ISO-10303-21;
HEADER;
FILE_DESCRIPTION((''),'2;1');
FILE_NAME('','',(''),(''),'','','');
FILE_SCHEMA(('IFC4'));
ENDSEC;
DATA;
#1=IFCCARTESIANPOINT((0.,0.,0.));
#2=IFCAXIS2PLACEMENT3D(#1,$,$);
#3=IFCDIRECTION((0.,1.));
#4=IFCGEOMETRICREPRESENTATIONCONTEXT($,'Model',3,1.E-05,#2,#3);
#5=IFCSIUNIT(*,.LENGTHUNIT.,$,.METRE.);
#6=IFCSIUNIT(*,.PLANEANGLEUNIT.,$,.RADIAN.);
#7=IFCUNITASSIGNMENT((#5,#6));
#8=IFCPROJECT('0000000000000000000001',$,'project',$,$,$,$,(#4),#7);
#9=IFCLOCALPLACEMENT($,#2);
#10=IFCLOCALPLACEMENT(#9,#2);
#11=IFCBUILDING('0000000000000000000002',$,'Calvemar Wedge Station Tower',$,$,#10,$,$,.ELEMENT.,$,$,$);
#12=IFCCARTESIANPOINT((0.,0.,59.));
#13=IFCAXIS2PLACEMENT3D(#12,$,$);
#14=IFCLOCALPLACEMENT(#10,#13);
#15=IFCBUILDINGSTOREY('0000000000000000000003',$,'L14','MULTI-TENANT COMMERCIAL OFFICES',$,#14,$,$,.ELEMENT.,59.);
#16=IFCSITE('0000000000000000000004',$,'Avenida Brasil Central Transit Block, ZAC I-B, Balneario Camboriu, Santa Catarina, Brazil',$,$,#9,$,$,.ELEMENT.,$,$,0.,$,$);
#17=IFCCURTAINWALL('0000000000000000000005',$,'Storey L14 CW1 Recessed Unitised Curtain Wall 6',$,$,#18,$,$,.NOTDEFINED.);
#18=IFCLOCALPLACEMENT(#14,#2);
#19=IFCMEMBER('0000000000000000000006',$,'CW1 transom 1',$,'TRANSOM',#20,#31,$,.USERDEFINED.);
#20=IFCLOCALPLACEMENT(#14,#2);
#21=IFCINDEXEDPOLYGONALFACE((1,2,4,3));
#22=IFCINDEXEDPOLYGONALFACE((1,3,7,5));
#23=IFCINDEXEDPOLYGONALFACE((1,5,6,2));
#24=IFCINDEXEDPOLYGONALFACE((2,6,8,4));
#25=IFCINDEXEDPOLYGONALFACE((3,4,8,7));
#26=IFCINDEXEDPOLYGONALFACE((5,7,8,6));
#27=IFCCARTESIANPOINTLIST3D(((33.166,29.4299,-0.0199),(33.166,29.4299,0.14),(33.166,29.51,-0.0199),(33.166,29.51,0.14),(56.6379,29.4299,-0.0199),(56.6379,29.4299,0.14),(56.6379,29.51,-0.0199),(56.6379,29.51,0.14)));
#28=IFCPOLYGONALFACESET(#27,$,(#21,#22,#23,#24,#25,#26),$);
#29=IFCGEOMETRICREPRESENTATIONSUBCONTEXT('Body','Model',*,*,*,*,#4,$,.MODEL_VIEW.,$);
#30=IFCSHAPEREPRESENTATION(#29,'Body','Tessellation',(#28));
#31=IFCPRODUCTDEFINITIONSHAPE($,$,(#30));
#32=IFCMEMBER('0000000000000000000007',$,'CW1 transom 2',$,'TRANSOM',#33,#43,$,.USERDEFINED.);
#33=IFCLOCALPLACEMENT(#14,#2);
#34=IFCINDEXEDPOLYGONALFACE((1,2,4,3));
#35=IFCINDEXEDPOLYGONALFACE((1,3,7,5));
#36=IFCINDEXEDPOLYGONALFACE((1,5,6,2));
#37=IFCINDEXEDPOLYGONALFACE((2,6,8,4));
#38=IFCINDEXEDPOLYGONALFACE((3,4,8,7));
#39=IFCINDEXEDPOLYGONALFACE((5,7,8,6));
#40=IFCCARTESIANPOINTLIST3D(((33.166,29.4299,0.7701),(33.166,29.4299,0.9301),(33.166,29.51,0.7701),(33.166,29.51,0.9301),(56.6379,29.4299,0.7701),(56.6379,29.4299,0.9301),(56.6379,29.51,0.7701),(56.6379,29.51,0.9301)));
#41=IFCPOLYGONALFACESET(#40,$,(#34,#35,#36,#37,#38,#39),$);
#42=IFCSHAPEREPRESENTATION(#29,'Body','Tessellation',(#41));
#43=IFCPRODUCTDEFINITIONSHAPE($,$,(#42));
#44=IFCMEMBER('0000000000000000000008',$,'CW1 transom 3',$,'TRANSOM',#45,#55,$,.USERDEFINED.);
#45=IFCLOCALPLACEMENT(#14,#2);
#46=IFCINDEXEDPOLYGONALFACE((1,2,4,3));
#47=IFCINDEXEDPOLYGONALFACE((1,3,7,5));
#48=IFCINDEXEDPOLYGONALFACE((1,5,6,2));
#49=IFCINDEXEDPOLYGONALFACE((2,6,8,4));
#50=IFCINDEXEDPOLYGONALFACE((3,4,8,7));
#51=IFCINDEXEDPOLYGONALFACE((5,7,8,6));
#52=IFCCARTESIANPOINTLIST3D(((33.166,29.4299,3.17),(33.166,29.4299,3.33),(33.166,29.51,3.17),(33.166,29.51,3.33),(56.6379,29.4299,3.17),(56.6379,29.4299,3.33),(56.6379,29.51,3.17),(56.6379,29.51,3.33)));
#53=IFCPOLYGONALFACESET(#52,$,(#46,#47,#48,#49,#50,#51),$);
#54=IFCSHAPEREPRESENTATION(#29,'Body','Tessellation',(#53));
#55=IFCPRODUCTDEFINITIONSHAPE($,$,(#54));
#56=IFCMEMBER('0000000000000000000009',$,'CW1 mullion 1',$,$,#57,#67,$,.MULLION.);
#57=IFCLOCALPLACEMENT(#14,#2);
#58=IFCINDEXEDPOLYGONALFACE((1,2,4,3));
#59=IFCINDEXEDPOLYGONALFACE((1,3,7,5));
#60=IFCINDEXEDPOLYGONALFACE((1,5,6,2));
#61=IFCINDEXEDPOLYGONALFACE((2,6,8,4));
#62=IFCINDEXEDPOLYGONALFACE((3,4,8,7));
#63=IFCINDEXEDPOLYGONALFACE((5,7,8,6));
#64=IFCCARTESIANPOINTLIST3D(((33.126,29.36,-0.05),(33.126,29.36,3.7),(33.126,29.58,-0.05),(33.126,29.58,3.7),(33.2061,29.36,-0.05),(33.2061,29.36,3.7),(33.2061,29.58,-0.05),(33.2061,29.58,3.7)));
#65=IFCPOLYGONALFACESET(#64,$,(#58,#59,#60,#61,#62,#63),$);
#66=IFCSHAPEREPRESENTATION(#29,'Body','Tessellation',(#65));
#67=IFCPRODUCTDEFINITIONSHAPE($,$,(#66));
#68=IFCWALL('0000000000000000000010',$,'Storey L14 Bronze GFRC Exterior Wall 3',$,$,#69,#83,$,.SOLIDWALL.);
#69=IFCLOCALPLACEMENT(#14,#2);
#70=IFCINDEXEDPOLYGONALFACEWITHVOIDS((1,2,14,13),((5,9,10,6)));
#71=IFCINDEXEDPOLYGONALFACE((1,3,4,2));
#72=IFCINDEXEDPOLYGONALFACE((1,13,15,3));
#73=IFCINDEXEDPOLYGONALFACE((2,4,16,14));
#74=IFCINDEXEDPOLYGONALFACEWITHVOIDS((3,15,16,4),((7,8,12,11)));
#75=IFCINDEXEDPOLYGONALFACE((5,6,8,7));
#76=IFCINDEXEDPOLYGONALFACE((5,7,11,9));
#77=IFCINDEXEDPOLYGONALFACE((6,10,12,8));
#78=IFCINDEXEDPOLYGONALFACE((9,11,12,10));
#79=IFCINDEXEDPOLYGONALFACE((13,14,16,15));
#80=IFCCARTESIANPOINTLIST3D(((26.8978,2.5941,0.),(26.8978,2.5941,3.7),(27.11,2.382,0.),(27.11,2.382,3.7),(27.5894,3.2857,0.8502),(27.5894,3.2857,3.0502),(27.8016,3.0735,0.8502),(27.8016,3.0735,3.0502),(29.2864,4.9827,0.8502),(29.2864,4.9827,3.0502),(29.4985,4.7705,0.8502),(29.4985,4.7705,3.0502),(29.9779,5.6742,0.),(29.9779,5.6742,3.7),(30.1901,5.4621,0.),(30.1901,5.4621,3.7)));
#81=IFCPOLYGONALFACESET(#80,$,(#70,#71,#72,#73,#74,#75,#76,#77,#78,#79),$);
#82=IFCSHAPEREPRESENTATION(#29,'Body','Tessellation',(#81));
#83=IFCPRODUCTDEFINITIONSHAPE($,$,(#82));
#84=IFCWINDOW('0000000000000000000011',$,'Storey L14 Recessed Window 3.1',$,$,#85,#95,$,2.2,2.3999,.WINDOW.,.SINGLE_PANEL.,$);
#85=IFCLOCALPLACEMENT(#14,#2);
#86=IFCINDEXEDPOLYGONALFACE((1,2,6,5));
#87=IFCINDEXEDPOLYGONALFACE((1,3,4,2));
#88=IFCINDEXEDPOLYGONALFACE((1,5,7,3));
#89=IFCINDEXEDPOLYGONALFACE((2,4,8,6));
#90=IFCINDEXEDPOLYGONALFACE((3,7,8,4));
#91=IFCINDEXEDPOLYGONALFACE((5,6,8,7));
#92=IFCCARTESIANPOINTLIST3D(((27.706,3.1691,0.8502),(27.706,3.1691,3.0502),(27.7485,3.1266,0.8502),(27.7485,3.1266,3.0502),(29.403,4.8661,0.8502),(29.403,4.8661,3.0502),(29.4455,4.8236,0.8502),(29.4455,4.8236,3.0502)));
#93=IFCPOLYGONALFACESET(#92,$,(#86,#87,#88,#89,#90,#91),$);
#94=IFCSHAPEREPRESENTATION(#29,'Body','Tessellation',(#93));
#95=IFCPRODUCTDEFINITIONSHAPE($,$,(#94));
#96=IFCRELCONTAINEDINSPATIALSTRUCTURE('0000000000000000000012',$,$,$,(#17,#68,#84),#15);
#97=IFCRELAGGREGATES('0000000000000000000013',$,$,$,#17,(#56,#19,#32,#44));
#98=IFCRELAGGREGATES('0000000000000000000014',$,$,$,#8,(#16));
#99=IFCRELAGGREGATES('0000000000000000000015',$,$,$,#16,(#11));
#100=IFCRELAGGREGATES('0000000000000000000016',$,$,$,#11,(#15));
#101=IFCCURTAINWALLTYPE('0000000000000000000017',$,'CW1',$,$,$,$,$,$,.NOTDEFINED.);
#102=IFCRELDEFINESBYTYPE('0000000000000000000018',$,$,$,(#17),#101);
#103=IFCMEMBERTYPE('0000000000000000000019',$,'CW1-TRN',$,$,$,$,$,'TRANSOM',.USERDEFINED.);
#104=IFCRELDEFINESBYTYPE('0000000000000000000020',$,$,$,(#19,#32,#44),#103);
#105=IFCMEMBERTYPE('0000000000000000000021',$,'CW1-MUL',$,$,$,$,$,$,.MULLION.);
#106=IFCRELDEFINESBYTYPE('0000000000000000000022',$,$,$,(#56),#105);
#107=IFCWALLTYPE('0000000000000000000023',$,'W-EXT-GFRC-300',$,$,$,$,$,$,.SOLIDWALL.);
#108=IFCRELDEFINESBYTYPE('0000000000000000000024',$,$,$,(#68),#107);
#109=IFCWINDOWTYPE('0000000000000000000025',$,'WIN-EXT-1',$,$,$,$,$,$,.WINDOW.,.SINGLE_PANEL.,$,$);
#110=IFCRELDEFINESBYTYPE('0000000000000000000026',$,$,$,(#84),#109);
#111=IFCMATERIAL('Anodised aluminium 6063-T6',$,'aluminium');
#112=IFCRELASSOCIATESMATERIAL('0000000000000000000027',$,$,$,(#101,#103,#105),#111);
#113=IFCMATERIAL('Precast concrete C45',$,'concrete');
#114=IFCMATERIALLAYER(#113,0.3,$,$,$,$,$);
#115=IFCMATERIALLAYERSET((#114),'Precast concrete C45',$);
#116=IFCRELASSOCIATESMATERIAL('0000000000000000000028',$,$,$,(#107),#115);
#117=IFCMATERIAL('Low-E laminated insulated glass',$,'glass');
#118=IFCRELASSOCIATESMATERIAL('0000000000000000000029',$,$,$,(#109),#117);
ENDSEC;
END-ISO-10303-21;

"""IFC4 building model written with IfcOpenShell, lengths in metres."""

from ifc_helpers import new_model, si_unit, direction, frame, frame_2d, origin, origin_2d, place, context, subcontext, project, spatial, rectangle, extrude, source, transform, mapped, material, layer, layer_set, material_profile, profile_set, type_object, element, fill, aggregate, save


model = new_model("IFC4")

# Units and contexts
model_context = context("Model", 3, precision=1e-05, world=origin(), true_north=direction((0.0, 1.0)))
body_context = subcontext(model_context, "Body", "Model", "MODEL_VIEW")
ifc_project = project(units=[si_unit("LENGTHUNIT", "METRE"), si_unit("PLANEANGLEUNIT", "RADIAN")], contexts=[model_context])

# Site, building, storey
site_placement = place(None, origin())
site = spatial("IfcSite", under=ifc_project, at=site_placement, Name="Avenida Brasil Central Transit Block, ZAC I-B, Balneario Camboriu, Santa Catarina, Brazil", CompositionType="ELEMENT", RefElevation=0.0)
building_placement = place(site_placement, origin())
building = spatial("IfcBuilding", under=site, at=building_placement, Name="Calvemar Wedge Station Tower", CompositionType="ELEMENT")
storey_placement = place(building_placement, frame((0.0, 0.0, 59.0)))
storey = spatial("IfcBuildingStorey", under=building, at=storey_placement, Name="L14", Description="MULTI-TENANT COMMERCIAL OFFICES", CompositionType="ELEMENT", Elevation=59.0)

# Curtain wall, members
ifc_material_1 = material(Name="Anodised aluminium 6063-T6", Category="aluminium")
curtain_wall_type = type_object("IfcCurtainWallType", Name="CW1", PredefinedType="NOTDEFINED", material=ifc_material_1)
curtain_wall_placement = place(storey_placement, origin())
curtain_wall = element("IfcCurtainWall", 1, at=curtain_wall_placement, inside=storey, type_object=curtain_wall_type, Name="Storey L14 CW1 Recessed Unitised Curtain Wall 6", PredefinedType="NOTDEFINED")
ifc_material_profile_1 = material_profile(ifc_material_1, rectangle(XDim=0.0801, YDim=0.1599, at=origin_2d()), Name="AL-TRN-80x160")
ifc_profile_set_1 = profile_set([ifc_material_profile_1], Name="Anodised aluminium 6063-T6")
member_type_1 = type_object("IfcMemberType", Name="CW1-TRN", ElementType="TRANSOM", PredefinedType="USERDEFINED", material=ifc_profile_set_1)
shared_shape_1 = source(origin(), body_context, "Body", "SweptSolid", [
    extrude(rectangle(XDim=0.0801, YDim=0.1599, at=origin_2d()), origin(), (0.0, 0.0, 1.0), 23.4719),
])
member_1_placement = place(storey_placement, frame((33.166, 29.47, 0.0601), z_axis=(1.0, 0.0, 0.0), x_axis=(0.0, 1.0, 0.0)))
member_1 = element("IfcMember", 2, at=member_1_placement, type_object=member_type_1, Name="CW1 transom 1", ObjectType="TRANSOM", PredefinedType="USERDEFINED", context=body_context, shape_type="MappedRepresentation", body=[
    mapped(shared_shape_1, transform((0.0, 0.0, 0.0), scale=1.0)),
])
member_2_placement = place(storey_placement, frame((33.166, 29.47, 0.8501), z_axis=(1.0, 0.0, 0.0), x_axis=(0.0, 1.0, 0.0)))
member_2 = element("IfcMember", 3, at=member_2_placement, type_object=member_type_1, Name="CW1 transom 2", ObjectType="TRANSOM", PredefinedType="USERDEFINED", context=body_context, shape_type="MappedRepresentation", body=[
    mapped(shared_shape_1, transform((0.0, 0.0, 0.0), scale=1.0)),
])
member_3_placement = place(storey_placement, frame((33.166, 29.47, 3.25), z_axis=(1.0, 0.0, 0.0), x_axis=(0.0, 1.0, 0.0)))
member_3 = element("IfcMember", 4, at=member_3_placement, type_object=member_type_1, Name="CW1 transom 3", ObjectType="TRANSOM", PredefinedType="USERDEFINED", context=body_context, shape_type="MappedRepresentation", body=[
    mapped(shared_shape_1, transform((0.0, 0.0, 0.0), scale=1.0)),
])
ifc_material_profile_2 = material_profile(ifc_material_1, rectangle(XDim=0.0801, YDim=0.22, at=origin_2d()), Name="AL-MUL-80x220")
ifc_profile_set_2 = profile_set([ifc_material_profile_2], Name="Anodised aluminium 6063-T6")
member_type_2 = type_object("IfcMemberType", Name="CW1-MUL", PredefinedType="MULLION", material=ifc_profile_set_2)
shared_shape_2 = source(origin(), body_context, "Body", "SweptSolid", [
    extrude(rectangle(XDim=0.0801, YDim=0.22, at=origin_2d()), origin(), (0.0, 0.0, 1.0), 3.75),
])
member_4_placement = place(storey_placement, frame((33.166, 29.47, -0.05), z_axis=(0.0, 0.0, 1.0), x_axis=(1.0, 0.0, 0.0)))
member_4 = element("IfcMember", 5, at=member_4_placement, type_object=member_type_2, Name="CW1 mullion 1", PredefinedType="MULLION", context=body_context, shape_type="MappedRepresentation", body=[
    mapped(shared_shape_2, transform((0.0, 0.0, 0.0), scale=1.0)),
])
aggregate(curtain_wall, [member_4, member_1, member_2, member_3])

# Wall, opening, window
ifc_material_2 = material(Name="Precast concrete C45", Category="concrete")
ifc_layer = layer(ifc_material_2, 0.3)
ifc_layer_set = layer_set([ifc_layer], Name="Precast concrete C45")
wall_type = type_object("IfcWallType", Name="W-EXT-GFRC-300", PredefinedType="SOLIDWALL", material=ifc_layer_set)
wall_1_placement = place(storey_placement, frame((27.0039, 2.488, 0.0), z_axis=(0.0, 0.0, 1.0), x_axis=(0.707107, 0.707107, 0.0)))
wall_1 = element("IfcWall", 6, at=wall_1_placement, inside=storey, type_object=wall_type, Name="Storey L14 Bronze GFRC Exterior Wall 3", PredefinedType="SOLIDWALL", context=body_context, shape_type="SweptSolid", body=[
    extrude(rectangle(XDim=4.356, YDim=0.3, at=frame_2d((2.178, 0.0))), origin(), (0.0, 0.0, 1.0), 3.7),
])
shared_shape_3 = source(origin(), body_context, "Body", "SweptSolid", [
    extrude(rectangle(XDim=2.3999, YDim=2.2, at=frame_2d((1.2, 1.1001))), frame((0.0, 0.1602, 0.0), z_axis=(0.0, -1.0, 0.0), x_axis=(1.0, 0.0, 0.0)), (0.0, 0.0, 1.0), 0.3201),
])
opening_1_placement = place(wall_1_placement, frame((0.978, 0.0, 0.8501)))
opening_1 = element("IfcOpeningElement", 7, at=opening_1_placement, cuts=wall_1, PredefinedType="OPENING", context=body_context, shape_type="MappedRepresentation", body=[
    mapped(shared_shape_3, transform((0.0, 0.0, 0.0), scale=1.0)),
])
ifc_material_3 = material(Name="Low-E laminated insulated glass", Category="glass")
window_type_1 = type_object("IfcWindowType", Name="WIN-EXT-1", PartitioningType="SINGLE_PANEL", PredefinedType="WINDOW", material=ifc_material_3)
shared_shape_4 = source(origin(), body_context, "Body", "SweptSolid", [
    extrude(rectangle(XDim=2.3999, YDim=2.2, at=frame_2d((1.2, 1.1001))), frame((0.0, -0.0149, 0.0), z_axis=(0.0, -1.0, 0.0), x_axis=(1.0, 0.0, 0.0)), (0.0, 0.0, 1.0), 0.0601),
])
window_1_placement = place(opening_1_placement, origin())
window_1 = element("IfcWindow", 8, at=window_1_placement, inside=storey, type_object=window_type_1, Name="Storey L14 Recessed Window 3.1", OverallHeight=2.2, OverallWidth=2.3999, PartitioningType="SINGLE_PANEL", PredefinedType="WINDOW", context=body_context, shape_type="MappedRepresentation", body=[
    mapped(shared_shape_4, transform((0.0, 0.0, 0.0), scale=1.0)),
])
fill(opening_1, window_1)

save(model, "model.ifc")
